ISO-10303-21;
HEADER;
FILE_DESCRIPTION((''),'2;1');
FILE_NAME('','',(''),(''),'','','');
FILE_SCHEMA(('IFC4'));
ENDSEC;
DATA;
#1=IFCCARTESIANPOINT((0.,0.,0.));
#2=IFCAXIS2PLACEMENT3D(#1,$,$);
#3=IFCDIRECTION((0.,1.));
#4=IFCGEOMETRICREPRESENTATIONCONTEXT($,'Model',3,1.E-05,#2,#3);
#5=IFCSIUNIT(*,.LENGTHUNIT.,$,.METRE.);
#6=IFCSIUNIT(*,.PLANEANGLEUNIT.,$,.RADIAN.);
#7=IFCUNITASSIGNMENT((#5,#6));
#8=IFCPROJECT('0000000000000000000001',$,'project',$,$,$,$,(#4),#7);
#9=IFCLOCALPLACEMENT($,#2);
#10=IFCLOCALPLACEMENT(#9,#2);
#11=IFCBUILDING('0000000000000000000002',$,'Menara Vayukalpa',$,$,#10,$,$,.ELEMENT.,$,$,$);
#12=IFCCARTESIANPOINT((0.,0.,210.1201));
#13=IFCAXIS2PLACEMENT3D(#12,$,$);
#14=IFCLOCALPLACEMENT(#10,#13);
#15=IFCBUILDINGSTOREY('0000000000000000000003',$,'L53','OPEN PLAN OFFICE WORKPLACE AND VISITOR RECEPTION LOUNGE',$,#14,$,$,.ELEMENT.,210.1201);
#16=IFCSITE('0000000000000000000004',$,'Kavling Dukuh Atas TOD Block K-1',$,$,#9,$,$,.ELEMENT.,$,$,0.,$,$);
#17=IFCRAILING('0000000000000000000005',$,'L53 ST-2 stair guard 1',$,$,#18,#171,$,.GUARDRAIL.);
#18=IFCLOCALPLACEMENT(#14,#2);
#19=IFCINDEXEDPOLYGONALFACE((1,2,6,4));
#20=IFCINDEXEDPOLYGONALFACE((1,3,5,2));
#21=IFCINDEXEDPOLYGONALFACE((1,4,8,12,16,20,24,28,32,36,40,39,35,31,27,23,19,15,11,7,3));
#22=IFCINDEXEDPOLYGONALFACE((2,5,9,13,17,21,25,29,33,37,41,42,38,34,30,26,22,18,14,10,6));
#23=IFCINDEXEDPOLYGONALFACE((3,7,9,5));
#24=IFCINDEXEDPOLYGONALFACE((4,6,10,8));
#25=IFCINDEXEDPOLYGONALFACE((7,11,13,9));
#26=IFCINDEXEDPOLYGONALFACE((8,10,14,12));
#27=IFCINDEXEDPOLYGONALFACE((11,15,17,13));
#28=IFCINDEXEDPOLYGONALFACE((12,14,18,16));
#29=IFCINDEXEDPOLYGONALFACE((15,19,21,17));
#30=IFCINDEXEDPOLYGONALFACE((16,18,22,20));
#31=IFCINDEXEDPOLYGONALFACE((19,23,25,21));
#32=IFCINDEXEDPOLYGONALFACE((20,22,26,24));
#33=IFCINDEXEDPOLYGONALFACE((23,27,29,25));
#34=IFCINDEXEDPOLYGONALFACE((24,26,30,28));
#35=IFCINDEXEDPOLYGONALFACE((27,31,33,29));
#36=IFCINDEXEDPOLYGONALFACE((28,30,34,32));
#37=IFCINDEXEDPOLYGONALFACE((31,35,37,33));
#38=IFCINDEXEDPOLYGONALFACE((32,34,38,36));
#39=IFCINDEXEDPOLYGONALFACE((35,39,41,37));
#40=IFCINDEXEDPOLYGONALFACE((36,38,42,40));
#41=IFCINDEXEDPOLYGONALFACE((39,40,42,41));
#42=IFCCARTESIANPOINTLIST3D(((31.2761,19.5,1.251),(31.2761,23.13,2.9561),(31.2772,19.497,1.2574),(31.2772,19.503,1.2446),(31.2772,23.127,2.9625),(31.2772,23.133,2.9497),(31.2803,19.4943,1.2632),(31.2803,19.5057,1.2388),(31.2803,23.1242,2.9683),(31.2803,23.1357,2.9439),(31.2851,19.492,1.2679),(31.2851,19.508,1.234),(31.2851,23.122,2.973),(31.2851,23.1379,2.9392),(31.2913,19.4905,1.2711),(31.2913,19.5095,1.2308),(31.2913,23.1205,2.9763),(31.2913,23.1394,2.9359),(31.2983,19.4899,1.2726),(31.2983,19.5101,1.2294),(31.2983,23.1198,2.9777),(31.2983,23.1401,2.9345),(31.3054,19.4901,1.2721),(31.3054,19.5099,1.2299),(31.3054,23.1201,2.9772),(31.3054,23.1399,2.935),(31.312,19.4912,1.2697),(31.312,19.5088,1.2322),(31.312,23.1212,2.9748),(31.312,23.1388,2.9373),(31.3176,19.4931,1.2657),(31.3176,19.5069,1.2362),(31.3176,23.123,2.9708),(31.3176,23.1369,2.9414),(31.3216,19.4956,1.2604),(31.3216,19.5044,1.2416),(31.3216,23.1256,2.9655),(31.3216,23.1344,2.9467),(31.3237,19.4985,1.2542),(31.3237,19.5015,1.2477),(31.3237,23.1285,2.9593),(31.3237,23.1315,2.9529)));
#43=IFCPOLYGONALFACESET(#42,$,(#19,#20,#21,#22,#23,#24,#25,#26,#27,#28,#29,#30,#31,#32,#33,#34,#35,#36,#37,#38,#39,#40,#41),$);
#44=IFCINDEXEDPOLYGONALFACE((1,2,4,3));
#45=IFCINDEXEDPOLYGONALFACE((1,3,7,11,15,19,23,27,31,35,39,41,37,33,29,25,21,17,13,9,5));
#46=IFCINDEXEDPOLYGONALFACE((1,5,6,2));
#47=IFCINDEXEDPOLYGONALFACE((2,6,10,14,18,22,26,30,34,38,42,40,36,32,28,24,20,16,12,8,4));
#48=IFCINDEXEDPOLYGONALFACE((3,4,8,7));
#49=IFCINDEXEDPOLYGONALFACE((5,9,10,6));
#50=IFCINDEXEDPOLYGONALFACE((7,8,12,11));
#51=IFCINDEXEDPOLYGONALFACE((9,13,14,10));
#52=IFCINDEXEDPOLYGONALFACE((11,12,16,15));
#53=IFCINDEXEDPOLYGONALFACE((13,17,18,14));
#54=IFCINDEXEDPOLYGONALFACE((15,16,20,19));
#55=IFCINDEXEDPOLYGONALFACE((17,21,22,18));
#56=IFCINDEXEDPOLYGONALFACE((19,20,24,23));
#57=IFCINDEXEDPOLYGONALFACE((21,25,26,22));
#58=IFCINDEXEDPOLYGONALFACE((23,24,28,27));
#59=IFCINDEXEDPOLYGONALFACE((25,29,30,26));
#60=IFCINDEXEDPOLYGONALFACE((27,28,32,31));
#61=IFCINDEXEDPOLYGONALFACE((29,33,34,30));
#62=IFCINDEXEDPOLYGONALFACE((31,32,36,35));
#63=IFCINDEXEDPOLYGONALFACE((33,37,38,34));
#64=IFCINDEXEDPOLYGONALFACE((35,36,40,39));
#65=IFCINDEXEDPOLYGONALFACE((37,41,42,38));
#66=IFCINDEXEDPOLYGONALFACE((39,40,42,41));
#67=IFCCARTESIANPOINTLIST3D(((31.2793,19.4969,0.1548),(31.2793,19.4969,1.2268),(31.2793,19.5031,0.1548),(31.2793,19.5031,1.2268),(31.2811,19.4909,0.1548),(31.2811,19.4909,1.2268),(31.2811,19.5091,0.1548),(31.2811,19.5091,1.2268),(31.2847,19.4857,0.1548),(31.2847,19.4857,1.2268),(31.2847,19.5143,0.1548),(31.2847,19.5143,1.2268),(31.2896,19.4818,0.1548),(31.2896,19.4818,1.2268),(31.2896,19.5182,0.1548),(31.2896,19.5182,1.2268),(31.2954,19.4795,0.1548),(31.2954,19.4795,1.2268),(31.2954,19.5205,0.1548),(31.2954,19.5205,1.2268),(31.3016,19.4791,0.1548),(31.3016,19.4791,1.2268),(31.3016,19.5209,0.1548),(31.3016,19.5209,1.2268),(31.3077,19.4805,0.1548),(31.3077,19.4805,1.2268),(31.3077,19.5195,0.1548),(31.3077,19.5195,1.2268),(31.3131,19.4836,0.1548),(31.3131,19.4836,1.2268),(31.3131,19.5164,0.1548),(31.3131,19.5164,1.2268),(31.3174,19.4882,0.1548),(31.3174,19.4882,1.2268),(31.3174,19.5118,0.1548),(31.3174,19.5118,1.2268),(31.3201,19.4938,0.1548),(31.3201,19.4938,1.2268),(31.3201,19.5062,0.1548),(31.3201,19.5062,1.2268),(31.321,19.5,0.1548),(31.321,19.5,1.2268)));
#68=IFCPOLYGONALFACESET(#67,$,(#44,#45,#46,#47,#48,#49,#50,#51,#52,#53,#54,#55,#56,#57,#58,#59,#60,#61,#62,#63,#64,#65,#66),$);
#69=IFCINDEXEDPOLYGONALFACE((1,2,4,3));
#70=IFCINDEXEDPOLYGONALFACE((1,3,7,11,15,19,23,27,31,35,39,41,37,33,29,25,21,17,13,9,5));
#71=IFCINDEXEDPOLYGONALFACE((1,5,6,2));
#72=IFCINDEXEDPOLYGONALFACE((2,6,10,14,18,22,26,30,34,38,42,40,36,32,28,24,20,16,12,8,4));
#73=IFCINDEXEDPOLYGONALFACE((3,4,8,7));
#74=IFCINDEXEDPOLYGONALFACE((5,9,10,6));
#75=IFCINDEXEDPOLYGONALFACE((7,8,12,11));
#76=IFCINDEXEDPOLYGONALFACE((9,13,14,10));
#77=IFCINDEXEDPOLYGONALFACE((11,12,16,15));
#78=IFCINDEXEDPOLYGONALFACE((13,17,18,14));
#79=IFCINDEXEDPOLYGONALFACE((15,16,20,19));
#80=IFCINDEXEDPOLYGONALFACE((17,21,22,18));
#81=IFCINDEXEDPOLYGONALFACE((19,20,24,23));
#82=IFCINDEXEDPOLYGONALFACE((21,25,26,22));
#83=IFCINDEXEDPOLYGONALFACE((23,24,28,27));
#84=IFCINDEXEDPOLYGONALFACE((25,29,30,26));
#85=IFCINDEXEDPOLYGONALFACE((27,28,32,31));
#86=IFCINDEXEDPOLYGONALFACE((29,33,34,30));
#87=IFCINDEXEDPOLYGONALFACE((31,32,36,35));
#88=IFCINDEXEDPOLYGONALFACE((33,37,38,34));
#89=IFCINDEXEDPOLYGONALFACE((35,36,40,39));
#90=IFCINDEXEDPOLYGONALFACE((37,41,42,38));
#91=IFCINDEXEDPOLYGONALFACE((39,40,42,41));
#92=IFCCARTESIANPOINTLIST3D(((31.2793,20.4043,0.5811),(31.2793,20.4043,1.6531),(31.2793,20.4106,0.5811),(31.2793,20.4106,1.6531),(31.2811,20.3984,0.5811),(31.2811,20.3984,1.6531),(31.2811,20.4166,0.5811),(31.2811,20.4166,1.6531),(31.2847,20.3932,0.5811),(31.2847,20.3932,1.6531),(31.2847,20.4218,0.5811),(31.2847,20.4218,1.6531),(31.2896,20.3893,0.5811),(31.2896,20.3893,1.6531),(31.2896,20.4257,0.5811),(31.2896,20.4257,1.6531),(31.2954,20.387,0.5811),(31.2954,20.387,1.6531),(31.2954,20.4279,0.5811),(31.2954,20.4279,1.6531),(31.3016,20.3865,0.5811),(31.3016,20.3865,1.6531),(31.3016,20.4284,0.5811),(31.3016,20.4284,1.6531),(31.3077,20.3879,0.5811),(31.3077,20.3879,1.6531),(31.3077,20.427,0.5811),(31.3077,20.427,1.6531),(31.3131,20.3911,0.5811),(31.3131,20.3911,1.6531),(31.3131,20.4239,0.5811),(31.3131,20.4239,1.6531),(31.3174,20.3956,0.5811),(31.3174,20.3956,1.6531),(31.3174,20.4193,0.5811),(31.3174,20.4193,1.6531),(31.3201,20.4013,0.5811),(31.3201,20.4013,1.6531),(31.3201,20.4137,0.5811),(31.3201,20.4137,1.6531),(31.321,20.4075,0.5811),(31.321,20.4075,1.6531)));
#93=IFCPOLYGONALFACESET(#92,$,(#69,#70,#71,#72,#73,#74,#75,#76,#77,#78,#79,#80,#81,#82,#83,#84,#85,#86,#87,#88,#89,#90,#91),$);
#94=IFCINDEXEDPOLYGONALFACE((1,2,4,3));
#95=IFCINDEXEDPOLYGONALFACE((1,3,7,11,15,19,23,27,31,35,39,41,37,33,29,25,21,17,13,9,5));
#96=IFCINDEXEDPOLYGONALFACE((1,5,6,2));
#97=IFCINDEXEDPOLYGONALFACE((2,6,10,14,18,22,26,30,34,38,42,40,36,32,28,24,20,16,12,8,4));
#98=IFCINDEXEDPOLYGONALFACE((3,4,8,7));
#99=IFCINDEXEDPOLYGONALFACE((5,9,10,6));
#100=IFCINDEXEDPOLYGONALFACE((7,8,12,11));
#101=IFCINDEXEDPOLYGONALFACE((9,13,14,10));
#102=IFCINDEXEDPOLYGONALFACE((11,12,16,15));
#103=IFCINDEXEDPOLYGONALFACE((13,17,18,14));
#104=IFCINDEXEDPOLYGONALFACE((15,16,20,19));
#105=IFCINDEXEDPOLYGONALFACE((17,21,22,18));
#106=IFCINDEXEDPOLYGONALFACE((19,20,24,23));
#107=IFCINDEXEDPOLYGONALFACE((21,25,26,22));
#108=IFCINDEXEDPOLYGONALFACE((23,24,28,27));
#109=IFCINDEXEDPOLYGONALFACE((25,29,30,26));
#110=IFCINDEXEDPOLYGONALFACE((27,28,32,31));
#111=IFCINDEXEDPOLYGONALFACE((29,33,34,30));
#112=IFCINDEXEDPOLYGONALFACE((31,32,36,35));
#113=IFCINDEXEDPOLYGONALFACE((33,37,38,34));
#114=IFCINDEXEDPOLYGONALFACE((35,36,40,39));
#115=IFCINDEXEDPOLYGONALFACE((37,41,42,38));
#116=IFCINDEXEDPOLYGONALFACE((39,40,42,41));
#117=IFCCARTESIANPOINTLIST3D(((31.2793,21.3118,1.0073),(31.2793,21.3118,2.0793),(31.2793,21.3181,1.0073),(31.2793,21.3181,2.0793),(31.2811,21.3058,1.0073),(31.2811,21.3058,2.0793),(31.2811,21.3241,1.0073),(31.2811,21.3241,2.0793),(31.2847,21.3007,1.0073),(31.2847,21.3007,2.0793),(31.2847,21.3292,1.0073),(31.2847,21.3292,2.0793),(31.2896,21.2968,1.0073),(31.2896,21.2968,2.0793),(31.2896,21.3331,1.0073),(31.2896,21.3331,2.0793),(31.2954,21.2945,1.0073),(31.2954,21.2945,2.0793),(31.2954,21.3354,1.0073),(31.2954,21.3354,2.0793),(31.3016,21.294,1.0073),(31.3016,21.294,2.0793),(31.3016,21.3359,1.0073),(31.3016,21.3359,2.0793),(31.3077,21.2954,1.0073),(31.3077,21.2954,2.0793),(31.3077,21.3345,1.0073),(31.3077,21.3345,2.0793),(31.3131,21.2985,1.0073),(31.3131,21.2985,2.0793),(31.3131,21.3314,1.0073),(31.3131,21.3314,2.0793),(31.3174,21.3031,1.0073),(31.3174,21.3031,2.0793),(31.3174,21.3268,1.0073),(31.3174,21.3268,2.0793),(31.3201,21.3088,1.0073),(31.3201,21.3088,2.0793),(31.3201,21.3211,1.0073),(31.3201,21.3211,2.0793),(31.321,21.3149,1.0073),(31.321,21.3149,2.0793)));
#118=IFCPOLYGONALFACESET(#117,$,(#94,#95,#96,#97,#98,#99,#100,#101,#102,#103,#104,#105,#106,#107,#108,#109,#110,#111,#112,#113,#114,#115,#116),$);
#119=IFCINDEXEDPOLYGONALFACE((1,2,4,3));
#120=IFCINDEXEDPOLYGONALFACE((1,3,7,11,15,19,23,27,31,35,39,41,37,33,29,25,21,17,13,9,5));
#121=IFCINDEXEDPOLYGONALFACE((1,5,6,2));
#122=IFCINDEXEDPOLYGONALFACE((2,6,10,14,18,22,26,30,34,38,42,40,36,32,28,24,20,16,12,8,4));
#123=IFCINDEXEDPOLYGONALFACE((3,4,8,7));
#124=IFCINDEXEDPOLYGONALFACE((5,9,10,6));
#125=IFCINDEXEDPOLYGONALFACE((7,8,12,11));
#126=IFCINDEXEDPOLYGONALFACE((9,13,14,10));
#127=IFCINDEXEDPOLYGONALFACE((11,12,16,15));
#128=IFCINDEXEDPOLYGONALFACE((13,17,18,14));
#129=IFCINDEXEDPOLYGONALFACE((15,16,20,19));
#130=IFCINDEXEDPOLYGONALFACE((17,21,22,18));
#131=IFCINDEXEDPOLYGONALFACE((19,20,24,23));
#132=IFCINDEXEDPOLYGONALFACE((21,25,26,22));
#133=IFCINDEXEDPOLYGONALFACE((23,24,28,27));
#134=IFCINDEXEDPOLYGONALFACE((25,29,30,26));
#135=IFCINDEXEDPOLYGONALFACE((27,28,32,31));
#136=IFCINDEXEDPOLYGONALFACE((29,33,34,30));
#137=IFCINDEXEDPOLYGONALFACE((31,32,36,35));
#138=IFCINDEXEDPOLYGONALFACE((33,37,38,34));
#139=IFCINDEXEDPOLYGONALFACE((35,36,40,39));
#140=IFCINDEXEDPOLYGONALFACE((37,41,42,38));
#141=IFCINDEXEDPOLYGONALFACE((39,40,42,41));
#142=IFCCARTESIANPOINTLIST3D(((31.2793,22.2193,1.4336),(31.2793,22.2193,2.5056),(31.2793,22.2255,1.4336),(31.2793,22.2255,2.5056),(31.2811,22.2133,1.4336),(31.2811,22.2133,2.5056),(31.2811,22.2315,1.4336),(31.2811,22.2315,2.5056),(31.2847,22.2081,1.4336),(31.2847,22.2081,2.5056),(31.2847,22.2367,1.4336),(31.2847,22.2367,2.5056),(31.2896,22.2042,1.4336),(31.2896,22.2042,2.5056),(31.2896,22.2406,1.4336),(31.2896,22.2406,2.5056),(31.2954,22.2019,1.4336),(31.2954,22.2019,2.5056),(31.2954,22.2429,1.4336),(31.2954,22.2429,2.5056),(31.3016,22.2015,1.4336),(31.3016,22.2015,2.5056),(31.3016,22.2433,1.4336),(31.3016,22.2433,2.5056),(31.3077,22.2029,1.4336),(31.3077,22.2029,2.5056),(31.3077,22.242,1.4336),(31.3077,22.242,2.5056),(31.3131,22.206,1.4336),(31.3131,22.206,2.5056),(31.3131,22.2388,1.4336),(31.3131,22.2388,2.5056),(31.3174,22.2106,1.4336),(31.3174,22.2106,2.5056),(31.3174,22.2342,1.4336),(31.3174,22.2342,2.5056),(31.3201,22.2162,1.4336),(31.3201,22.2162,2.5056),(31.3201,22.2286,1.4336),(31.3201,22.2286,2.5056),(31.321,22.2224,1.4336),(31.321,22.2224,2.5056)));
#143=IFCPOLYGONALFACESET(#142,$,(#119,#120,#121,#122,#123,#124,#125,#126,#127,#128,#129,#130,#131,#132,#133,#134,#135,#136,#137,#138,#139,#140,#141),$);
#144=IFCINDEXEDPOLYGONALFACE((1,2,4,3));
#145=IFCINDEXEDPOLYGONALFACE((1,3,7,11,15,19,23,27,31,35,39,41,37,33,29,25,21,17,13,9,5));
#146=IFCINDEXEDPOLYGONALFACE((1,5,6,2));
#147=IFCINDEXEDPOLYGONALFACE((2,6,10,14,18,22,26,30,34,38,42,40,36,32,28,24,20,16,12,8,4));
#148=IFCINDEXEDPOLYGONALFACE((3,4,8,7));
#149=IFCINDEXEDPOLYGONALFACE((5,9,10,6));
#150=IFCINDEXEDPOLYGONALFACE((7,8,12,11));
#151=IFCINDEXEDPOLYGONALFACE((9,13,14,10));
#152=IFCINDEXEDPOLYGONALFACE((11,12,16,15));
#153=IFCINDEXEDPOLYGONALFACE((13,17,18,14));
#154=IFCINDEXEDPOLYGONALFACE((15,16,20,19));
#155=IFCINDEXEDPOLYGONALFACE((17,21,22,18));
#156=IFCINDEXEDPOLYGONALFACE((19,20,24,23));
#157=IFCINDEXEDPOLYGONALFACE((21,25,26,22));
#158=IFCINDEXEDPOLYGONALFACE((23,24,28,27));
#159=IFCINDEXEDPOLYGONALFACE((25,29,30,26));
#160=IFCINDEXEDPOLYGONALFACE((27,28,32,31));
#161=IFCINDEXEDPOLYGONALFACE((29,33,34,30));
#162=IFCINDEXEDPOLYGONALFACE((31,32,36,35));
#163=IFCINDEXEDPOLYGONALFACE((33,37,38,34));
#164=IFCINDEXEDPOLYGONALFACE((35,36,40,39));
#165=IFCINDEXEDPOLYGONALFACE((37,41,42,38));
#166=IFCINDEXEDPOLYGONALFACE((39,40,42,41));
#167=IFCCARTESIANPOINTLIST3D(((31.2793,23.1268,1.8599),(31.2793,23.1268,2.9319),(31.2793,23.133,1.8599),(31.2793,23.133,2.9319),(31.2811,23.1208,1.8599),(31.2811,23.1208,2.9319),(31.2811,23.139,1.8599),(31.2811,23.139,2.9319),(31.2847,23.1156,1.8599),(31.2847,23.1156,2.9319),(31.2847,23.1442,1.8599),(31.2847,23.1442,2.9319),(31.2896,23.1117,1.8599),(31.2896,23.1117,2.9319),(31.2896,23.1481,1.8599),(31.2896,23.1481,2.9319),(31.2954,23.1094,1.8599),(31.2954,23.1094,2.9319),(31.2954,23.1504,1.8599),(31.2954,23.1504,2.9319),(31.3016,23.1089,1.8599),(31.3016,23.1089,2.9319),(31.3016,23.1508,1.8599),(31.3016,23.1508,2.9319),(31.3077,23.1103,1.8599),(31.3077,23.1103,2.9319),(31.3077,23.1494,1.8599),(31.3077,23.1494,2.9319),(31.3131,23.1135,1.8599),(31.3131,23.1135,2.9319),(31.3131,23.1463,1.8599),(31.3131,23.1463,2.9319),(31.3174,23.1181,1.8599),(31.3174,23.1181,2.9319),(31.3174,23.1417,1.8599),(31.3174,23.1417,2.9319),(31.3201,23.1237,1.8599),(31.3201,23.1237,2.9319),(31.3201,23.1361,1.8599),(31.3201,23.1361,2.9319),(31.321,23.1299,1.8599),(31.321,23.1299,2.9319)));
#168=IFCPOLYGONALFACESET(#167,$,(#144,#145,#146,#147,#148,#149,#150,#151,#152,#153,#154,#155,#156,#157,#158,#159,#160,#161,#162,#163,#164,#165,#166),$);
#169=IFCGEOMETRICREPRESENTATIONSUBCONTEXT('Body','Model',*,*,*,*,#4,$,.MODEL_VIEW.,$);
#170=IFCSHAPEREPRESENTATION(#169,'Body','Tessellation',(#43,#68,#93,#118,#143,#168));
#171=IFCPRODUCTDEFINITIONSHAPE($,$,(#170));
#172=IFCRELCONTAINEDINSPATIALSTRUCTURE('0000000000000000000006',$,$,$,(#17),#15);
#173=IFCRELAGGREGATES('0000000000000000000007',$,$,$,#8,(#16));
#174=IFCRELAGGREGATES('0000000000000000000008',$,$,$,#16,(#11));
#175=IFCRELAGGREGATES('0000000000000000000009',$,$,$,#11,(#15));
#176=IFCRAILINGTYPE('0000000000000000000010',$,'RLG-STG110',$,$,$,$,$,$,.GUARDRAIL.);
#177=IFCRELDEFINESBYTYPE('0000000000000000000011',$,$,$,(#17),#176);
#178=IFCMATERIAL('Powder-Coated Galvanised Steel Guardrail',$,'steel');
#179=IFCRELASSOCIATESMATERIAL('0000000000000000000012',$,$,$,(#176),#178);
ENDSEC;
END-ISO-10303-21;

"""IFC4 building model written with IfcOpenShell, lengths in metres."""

from ifc_helpers import new_model, si_unit, direction, frame, origin, origin_2d, place, context, subcontext, project, spatial, circle, extrude, material, type_object, element, save


model = new_model("IFC4")

# Units and contexts
model_context = context("Model", 3, precision=1e-05, world=origin(), true_north=direction((0.0, 1.0)))
body_context = subcontext(model_context, "Body", "Model", "MODEL_VIEW")
ifc_project = project(units=[si_unit("LENGTHUNIT", "METRE"), si_unit("PLANEANGLEUNIT", "RADIAN")], contexts=[model_context])

# Site, building, storey
site_placement = place(None, origin())
site = spatial("IfcSite", under=ifc_project, at=site_placement, Name="Kavling Dukuh Atas TOD Block K-1", CompositionType="ELEMENT", RefElevation=0.0)
building_placement = place(site_placement, origin())
building = spatial("IfcBuilding", under=site, at=building_placement, Name="Menara Vayukalpa", CompositionType="ELEMENT")
storey_placement = place(building_placement, frame((0.0, 0.0, 210.1201)))
storey = spatial("IfcBuildingStorey", under=building, at=storey_placement, Name="L53", Description="OPEN PLAN OFFICE WORKPLACE AND VISITOR RECEPTION LOUNGE", CompositionType="ELEMENT", Elevation=210.1201)

# Railing
ifc_material_1 = material(Name="Powder-Coated Galvanised Steel Guardrail", Category="steel")
railing_type_1 = type_object("IfcRailingType", Name="RLG-STG110", PredefinedType="GUARDRAIL", material=ifc_material_1)
railing_1_placement = place(storey_placement, frame((31.3, 19.5, 0.1548)))
element("IfcRailing", 1, at=railing_1_placement, inside=storey, type_object=railing_type_1, Name="L53 ST-2 stair guard 1", PredefinedType="GUARDRAIL", context=body_context, shape_type="SweptSolid", body=[
    extrude(circle(Radius=0.0239, at=origin_2d()), frame((0.0, 0.0, 1.0962), z_axis=(0.0, 0.905116, 0.425164), x_axis=(-1.0, 0.0, 0.0)), (0.0, 0.0, 1.0), 4.0105),
    extrude(circle(Radius=0.021, at=origin_2d()), origin(), (0.0, 0.0, 1.0), 1.072),
    extrude(circle(Radius=0.021, at=origin_2d()), frame((0.0, 0.9075, 0.4263)), (0.0, 0.0, 1.0), 1.072),
    extrude(circle(Radius=0.021, at=origin_2d()), frame((0.0, 1.8149, 0.8525)), (0.0, 0.0, 1.0), 1.072),
    extrude(circle(Radius=0.021, at=origin_2d()), frame((0.0, 2.7224, 1.2788)), (0.0, 0.0, 1.0), 1.072),
    extrude(circle(Radius=0.021, at=origin_2d()), frame((0.0, 3.6299, 1.7051)), (0.0, 0.0, 1.0), 1.072),
])

save(model, "model.ifc")
